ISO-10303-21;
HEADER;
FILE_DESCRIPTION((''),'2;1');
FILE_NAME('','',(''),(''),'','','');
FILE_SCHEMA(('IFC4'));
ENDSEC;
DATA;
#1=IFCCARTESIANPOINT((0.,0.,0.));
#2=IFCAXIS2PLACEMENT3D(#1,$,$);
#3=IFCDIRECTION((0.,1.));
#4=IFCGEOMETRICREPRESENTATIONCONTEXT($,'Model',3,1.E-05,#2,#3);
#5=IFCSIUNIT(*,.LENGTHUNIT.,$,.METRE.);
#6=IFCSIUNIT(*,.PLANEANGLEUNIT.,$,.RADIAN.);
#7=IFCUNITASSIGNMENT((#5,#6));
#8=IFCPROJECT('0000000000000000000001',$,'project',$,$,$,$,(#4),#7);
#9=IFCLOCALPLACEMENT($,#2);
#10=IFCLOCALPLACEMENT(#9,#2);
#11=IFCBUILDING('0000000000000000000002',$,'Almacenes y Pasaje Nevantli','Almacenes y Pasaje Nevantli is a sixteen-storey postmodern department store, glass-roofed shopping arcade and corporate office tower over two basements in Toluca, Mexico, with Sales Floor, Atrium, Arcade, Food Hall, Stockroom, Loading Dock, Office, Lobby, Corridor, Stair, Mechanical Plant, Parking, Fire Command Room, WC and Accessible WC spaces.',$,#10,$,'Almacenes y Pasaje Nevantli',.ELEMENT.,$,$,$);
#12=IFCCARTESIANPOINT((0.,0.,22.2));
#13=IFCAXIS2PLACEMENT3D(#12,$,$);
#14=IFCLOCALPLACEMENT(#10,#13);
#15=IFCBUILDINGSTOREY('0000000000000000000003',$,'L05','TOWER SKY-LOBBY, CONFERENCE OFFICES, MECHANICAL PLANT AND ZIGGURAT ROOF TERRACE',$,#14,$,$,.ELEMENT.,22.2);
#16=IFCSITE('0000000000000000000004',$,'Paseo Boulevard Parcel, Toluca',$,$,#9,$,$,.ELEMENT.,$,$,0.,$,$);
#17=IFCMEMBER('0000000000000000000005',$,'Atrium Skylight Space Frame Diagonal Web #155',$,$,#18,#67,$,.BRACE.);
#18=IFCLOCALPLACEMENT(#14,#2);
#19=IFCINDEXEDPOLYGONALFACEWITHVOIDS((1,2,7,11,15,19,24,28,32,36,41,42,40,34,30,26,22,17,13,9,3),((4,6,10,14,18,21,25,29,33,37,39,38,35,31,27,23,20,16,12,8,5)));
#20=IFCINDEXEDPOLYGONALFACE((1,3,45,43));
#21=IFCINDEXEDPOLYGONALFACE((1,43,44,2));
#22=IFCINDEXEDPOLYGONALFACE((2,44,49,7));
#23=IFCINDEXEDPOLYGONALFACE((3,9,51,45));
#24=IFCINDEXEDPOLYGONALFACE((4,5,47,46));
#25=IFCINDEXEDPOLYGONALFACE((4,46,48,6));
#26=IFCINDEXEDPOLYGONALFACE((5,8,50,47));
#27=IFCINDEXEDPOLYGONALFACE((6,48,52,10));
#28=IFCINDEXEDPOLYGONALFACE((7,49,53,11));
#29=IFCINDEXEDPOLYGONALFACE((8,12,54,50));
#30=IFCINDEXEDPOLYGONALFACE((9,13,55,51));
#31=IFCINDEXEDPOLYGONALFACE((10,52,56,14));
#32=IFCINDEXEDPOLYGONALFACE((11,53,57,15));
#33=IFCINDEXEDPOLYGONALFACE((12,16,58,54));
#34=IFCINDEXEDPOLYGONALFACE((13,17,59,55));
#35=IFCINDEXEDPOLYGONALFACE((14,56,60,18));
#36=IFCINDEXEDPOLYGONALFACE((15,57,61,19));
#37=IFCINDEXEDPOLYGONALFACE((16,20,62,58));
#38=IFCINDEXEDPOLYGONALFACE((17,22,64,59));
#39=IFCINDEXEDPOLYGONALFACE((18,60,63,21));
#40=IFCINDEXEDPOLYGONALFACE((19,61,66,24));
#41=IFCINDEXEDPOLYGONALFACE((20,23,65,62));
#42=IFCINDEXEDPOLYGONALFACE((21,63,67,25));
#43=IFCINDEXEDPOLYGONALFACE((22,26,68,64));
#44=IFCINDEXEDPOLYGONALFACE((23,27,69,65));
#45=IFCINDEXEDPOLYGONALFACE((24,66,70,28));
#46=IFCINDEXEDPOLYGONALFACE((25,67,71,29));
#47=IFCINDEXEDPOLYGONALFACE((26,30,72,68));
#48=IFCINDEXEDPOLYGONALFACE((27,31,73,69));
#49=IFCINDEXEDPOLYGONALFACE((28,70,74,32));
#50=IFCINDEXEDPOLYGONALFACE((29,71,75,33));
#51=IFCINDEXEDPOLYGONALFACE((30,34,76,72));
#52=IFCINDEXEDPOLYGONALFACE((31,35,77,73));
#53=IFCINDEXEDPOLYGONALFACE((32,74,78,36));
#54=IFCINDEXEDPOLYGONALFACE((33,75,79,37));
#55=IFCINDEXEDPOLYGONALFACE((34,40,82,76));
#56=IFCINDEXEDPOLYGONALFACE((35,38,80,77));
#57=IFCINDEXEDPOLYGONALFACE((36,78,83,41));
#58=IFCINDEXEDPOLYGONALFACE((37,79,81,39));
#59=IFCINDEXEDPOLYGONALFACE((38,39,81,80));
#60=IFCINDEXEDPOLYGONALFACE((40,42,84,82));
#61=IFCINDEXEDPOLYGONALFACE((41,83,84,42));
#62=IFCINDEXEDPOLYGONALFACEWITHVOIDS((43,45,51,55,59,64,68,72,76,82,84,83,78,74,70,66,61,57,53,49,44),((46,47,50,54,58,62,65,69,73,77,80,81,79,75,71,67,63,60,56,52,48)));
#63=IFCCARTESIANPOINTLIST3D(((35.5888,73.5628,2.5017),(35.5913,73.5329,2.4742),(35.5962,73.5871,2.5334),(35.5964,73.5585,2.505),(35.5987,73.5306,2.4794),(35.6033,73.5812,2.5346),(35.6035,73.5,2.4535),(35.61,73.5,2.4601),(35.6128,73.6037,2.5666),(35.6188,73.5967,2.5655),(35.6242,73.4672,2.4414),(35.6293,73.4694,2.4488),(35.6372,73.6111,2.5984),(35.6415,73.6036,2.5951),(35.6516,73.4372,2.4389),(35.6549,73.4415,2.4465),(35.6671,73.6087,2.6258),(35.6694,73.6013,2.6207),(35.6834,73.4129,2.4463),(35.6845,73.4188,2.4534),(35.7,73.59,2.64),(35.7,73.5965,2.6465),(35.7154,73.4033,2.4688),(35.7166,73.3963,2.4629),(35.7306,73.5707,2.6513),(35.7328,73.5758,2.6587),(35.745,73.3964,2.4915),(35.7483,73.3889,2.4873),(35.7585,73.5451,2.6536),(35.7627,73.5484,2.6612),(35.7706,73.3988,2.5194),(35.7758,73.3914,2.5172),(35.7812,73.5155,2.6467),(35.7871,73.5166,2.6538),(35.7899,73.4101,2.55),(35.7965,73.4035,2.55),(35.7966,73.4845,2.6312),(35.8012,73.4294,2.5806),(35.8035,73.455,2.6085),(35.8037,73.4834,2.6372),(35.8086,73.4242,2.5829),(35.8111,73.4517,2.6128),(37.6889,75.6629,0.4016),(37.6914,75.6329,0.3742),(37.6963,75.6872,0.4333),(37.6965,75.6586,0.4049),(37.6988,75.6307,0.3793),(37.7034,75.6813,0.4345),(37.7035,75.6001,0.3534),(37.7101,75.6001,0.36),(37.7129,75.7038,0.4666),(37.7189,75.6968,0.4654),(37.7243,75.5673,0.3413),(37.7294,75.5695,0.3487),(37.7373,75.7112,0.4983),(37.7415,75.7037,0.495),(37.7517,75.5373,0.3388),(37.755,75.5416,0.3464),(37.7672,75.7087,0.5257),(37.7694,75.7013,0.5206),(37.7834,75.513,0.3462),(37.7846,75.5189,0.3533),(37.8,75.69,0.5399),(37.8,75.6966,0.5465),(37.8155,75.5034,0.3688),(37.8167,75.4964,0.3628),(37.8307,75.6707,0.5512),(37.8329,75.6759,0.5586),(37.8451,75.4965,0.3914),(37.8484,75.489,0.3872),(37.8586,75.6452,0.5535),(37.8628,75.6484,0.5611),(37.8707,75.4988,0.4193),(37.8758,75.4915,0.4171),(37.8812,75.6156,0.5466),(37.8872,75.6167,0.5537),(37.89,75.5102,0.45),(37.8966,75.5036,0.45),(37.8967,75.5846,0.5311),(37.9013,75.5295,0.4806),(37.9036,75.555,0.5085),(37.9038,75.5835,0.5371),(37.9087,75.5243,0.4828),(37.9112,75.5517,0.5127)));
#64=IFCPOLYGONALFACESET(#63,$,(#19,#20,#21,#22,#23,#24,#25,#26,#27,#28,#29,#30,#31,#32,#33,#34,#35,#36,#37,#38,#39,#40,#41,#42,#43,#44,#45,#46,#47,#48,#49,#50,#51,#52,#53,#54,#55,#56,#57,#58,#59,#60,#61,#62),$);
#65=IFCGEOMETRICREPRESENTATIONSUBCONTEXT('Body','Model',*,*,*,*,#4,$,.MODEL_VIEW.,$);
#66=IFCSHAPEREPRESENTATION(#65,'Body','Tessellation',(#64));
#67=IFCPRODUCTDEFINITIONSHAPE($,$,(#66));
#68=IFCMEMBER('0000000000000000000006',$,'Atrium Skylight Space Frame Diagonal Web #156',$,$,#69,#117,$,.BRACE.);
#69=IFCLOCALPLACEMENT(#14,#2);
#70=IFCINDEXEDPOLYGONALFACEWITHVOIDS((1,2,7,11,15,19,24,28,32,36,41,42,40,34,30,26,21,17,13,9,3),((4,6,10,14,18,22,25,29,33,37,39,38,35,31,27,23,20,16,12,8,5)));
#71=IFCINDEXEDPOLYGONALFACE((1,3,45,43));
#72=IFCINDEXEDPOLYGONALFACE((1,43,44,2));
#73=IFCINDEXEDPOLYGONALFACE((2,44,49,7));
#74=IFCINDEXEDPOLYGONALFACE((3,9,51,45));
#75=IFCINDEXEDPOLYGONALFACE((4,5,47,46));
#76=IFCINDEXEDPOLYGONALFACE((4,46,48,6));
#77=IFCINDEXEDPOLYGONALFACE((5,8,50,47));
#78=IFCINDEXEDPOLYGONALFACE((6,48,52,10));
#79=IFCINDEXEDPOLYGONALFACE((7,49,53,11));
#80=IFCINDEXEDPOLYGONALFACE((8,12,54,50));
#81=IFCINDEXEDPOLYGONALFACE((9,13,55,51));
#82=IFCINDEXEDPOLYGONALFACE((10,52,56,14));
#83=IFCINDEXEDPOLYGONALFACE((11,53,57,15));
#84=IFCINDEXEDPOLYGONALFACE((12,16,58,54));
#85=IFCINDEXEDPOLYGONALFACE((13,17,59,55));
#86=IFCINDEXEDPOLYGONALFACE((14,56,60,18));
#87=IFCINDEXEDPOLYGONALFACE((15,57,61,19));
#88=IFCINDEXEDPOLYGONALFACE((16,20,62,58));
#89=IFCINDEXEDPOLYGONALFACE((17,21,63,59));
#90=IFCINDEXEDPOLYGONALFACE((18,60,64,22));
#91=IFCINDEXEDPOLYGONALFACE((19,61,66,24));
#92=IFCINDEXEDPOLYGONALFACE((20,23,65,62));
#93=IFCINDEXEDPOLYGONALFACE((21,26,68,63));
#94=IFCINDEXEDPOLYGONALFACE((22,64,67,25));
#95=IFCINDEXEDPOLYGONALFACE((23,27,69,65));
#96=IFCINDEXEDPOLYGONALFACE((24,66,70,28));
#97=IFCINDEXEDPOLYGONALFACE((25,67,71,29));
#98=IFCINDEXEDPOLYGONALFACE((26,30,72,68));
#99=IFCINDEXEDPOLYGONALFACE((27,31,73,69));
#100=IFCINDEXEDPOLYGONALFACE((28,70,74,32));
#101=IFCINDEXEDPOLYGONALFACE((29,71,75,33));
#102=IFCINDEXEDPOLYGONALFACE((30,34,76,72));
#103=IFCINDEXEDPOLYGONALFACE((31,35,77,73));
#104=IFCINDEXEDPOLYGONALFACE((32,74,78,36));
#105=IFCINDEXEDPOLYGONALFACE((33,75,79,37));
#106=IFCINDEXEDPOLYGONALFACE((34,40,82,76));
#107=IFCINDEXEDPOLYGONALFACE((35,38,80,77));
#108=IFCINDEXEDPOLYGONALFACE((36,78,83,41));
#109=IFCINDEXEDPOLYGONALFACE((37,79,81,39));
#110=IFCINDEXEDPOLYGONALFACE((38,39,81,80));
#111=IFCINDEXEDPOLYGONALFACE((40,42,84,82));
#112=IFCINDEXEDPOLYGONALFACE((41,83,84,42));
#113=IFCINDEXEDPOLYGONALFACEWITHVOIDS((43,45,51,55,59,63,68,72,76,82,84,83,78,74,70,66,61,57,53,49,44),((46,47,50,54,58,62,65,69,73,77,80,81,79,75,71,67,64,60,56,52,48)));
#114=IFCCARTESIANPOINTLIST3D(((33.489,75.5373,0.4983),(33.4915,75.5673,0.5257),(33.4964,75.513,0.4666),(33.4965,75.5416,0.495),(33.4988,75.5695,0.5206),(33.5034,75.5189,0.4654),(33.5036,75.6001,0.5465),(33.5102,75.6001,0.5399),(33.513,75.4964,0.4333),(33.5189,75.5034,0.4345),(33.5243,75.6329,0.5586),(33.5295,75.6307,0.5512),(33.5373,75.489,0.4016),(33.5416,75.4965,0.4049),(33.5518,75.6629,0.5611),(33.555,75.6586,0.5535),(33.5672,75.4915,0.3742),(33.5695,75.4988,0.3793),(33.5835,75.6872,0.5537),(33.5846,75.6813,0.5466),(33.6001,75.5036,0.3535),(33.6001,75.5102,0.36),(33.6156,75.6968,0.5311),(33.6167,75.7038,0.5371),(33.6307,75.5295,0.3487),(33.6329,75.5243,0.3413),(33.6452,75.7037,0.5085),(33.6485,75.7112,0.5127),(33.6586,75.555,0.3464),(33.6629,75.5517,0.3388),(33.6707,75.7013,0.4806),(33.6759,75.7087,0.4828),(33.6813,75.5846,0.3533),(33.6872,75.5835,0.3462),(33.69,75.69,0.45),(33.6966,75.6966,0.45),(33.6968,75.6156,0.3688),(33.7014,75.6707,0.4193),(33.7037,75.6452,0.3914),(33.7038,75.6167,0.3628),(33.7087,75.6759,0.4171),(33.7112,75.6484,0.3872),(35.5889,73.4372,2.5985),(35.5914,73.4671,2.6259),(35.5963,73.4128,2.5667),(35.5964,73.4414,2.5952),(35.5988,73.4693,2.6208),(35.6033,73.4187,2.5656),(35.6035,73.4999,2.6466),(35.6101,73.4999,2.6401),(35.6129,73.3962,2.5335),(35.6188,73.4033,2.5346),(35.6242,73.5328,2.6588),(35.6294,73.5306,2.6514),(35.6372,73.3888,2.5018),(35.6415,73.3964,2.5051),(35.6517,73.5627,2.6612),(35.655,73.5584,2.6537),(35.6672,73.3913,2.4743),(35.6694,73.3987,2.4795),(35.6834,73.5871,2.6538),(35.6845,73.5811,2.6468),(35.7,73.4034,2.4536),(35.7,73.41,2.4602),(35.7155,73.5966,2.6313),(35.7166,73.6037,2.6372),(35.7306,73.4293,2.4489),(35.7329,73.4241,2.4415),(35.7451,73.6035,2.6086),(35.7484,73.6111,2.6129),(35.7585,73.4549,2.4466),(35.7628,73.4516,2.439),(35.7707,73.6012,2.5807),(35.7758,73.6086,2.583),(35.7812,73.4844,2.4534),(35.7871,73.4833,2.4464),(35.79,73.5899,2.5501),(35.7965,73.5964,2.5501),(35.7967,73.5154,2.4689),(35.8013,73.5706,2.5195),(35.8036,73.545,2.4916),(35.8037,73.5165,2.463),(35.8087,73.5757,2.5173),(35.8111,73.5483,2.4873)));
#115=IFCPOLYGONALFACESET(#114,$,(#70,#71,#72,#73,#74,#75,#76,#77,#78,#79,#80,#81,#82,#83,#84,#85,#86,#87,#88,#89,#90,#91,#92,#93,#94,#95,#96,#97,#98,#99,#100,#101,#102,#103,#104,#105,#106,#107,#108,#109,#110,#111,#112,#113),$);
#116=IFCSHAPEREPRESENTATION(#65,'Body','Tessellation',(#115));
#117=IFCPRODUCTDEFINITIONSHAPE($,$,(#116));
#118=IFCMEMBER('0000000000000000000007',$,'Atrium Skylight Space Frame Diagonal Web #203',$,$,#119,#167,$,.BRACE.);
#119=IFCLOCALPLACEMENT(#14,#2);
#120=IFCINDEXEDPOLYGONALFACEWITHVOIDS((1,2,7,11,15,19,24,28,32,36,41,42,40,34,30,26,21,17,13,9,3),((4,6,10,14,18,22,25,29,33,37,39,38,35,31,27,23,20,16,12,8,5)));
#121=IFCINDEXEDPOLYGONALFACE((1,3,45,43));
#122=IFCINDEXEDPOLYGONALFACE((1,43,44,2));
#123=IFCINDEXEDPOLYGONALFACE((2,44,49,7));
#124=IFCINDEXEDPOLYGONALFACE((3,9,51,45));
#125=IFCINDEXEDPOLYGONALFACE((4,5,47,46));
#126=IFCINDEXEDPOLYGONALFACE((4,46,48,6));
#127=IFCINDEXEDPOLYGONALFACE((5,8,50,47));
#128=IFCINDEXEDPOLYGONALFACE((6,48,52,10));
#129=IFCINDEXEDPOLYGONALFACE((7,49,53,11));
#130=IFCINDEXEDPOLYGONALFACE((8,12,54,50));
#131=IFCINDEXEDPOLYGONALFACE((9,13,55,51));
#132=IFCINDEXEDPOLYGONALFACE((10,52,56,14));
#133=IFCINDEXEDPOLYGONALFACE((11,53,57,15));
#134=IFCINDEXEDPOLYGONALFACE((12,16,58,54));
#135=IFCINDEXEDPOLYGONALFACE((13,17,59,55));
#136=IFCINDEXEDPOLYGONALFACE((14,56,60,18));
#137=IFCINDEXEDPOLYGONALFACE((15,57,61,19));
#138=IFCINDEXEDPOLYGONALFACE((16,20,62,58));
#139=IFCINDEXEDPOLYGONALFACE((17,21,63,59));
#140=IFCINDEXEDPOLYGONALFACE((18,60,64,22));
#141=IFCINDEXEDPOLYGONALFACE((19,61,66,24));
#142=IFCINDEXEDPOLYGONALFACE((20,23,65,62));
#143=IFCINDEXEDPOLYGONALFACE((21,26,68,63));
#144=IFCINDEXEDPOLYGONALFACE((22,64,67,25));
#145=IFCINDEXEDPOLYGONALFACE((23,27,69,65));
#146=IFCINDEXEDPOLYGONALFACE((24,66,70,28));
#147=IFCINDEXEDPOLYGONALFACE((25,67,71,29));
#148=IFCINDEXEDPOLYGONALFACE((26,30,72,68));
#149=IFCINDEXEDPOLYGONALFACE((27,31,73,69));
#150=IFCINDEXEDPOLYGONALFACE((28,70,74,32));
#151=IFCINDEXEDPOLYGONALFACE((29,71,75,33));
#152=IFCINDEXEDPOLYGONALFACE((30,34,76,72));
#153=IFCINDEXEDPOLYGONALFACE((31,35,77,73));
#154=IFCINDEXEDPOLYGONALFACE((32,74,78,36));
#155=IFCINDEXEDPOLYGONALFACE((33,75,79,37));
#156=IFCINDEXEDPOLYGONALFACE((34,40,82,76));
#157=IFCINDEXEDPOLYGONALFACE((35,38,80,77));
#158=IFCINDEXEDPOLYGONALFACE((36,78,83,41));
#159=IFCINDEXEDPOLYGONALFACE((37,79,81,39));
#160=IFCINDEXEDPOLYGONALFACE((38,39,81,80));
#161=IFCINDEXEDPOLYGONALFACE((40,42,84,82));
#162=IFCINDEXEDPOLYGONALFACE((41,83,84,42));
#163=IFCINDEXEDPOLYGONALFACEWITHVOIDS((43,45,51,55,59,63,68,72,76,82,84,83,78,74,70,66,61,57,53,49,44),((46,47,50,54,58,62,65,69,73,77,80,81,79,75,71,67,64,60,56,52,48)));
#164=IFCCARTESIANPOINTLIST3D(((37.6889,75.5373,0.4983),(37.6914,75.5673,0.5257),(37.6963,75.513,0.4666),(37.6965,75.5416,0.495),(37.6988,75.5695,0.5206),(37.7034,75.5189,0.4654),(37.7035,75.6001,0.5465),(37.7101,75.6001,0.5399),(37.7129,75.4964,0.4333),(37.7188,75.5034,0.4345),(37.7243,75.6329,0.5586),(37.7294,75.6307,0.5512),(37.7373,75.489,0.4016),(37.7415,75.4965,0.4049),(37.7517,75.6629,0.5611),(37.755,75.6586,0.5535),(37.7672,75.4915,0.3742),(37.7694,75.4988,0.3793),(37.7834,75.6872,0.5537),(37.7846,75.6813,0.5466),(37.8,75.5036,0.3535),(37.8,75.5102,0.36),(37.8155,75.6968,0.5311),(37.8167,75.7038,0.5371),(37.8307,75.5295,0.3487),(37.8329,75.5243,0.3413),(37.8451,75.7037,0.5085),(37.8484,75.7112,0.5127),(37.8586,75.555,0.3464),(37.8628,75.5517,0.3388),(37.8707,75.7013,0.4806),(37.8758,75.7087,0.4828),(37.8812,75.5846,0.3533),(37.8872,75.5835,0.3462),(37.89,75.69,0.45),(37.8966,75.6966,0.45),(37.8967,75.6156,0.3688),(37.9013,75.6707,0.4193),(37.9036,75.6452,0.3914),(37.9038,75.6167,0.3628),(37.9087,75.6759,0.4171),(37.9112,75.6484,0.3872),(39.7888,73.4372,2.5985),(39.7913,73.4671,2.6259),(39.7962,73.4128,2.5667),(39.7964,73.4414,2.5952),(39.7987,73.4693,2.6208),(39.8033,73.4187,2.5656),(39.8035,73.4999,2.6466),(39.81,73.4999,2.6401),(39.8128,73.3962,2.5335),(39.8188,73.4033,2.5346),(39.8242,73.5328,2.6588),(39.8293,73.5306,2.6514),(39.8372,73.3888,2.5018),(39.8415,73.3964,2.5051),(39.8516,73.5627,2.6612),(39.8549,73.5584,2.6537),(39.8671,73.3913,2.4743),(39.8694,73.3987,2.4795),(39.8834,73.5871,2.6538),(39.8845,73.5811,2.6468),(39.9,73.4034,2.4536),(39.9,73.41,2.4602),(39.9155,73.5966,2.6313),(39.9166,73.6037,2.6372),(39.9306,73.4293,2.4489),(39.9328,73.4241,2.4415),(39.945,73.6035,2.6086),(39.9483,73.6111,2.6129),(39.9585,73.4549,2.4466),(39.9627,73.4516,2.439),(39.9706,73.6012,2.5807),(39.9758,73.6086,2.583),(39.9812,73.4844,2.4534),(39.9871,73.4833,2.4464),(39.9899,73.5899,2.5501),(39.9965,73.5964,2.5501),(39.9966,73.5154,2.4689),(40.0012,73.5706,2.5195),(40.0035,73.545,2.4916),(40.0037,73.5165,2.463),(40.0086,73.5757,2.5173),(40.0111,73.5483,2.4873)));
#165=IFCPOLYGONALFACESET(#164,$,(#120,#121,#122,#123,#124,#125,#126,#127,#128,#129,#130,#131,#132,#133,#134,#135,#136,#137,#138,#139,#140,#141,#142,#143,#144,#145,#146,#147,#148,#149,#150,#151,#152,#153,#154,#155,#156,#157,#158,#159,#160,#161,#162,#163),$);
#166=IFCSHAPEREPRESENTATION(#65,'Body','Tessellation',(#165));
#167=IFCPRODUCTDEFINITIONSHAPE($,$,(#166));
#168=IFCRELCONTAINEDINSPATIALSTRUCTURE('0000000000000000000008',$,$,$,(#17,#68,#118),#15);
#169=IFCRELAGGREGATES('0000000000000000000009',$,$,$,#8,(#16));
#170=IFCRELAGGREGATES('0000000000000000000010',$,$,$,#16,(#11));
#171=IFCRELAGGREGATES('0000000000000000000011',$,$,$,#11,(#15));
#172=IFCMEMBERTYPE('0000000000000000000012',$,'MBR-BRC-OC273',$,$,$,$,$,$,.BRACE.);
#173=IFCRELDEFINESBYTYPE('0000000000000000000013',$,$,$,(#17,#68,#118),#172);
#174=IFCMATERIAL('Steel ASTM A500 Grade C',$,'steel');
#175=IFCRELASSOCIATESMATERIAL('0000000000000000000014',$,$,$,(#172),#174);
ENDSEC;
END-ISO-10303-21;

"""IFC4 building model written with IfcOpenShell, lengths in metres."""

from ifc_helpers import new_model, si_unit, direction, frame, origin, origin_2d, place, context, subcontext, project, spatial, hollow_circle, extrude, material, material_profile, profile_set, type_object, element, save


model = new_model("IFC4")

# Units and contexts
model_context = context("Model", 3, precision=1e-05, world=origin(), true_north=direction((0.0, 1.0)))
body_context = subcontext(model_context, "Body", "Model", "MODEL_VIEW")
ifc_project = project(units=[si_unit("LENGTHUNIT", "METRE"), si_unit("PLANEANGLEUNIT", "RADIAN")], contexts=[model_context])

# Site, building, storey
site_placement = place(None, origin())
site = spatial("IfcSite", under=ifc_project, at=site_placement, Name="Paseo Boulevard Parcel, Toluca", CompositionType="ELEMENT", RefElevation=0.0)
building_placement = place(site_placement, origin())
building = spatial("IfcBuilding", under=site, at=building_placement, Name="Almacenes y Pasaje Nevantli", Description="Almacenes y Pasaje Nevantli is a sixteen-storey postmodern department store, glass-roofed shopping arcade and corporate office tower over two basements in Toluca, Mexico, with Sales Floor, Atrium, Arcade, Food Hall, Stockroom, Loading Dock, Office, Lobby, Corridor, Stair, Mechanical Plant, Parking, Fire Command Room, WC and Accessible WC spaces.", LongName="Almacenes y Pasaje Nevantli", CompositionType="ELEMENT")
storey_placement = place(building_placement, frame((0.0, 0.0, 22.2)))
storey = spatial("IfcBuildingStorey", under=building, at=storey_placement, Name="L05", Description="TOWER SKY-LOBBY, CONFERENCE OFFICES, MECHANICAL PLANT AND ZIGGURAT ROOF TERRACE", CompositionType="ELEMENT", Elevation=22.2)

# Members
ifc_material_1 = material(Name="Steel ASTM A500 Grade C", Category="steel")
ifc_material_profile_1 = material_profile(ifc_material_1, hollow_circle(Radius=0.1365, WallThickness=0.0093, at=origin_2d()), Name="OC 273x9.3")
ifc_profile_set_1 = profile_set([ifc_material_profile_1], Name="Steel ASTM A500 Grade C")
member_type_1 = type_object("IfcMemberType", Name="MBR-BRC-OC273", PredefinedType="BRACE", material=ifc_profile_set_1)
for number, where, z_axis, x_axis, name in (
    (1, (37.8, 75.6001, 0.45), (-0.57735, -0.57735, 0.57735), (0.707107, -0.707107, 0.0), "Atrium Skylight Space Frame Diagonal Web #155"),
    (2, (33.6001, 75.6001, 0.45), (0.577306, -0.577373, 0.577373), (0.707148, 0.707066, 0.0), "Atrium Skylight Space Frame Diagonal Web #156"),
    (3, (37.8, 75.6001, 0.45), (0.577306, -0.577373, 0.577373), (0.707148, 0.707066, 0.0), "Atrium Skylight Space Frame Diagonal Web #203"),
):
    element("IfcMember", number, at=place(storey_placement, frame(where, z_axis=z_axis, x_axis=x_axis)), inside=storey, type_object=member_type_1, Name=name, PredefinedType="BRACE", context=body_context, shape_type="SweptSolid", body=[
        extrude(hollow_circle(Radius=0.1365, WallThickness=0.0093, at=origin_2d()), origin(), (0.0, 0.0, 1.0), 3.6375),
    ])

save(model, "model.ifc")
